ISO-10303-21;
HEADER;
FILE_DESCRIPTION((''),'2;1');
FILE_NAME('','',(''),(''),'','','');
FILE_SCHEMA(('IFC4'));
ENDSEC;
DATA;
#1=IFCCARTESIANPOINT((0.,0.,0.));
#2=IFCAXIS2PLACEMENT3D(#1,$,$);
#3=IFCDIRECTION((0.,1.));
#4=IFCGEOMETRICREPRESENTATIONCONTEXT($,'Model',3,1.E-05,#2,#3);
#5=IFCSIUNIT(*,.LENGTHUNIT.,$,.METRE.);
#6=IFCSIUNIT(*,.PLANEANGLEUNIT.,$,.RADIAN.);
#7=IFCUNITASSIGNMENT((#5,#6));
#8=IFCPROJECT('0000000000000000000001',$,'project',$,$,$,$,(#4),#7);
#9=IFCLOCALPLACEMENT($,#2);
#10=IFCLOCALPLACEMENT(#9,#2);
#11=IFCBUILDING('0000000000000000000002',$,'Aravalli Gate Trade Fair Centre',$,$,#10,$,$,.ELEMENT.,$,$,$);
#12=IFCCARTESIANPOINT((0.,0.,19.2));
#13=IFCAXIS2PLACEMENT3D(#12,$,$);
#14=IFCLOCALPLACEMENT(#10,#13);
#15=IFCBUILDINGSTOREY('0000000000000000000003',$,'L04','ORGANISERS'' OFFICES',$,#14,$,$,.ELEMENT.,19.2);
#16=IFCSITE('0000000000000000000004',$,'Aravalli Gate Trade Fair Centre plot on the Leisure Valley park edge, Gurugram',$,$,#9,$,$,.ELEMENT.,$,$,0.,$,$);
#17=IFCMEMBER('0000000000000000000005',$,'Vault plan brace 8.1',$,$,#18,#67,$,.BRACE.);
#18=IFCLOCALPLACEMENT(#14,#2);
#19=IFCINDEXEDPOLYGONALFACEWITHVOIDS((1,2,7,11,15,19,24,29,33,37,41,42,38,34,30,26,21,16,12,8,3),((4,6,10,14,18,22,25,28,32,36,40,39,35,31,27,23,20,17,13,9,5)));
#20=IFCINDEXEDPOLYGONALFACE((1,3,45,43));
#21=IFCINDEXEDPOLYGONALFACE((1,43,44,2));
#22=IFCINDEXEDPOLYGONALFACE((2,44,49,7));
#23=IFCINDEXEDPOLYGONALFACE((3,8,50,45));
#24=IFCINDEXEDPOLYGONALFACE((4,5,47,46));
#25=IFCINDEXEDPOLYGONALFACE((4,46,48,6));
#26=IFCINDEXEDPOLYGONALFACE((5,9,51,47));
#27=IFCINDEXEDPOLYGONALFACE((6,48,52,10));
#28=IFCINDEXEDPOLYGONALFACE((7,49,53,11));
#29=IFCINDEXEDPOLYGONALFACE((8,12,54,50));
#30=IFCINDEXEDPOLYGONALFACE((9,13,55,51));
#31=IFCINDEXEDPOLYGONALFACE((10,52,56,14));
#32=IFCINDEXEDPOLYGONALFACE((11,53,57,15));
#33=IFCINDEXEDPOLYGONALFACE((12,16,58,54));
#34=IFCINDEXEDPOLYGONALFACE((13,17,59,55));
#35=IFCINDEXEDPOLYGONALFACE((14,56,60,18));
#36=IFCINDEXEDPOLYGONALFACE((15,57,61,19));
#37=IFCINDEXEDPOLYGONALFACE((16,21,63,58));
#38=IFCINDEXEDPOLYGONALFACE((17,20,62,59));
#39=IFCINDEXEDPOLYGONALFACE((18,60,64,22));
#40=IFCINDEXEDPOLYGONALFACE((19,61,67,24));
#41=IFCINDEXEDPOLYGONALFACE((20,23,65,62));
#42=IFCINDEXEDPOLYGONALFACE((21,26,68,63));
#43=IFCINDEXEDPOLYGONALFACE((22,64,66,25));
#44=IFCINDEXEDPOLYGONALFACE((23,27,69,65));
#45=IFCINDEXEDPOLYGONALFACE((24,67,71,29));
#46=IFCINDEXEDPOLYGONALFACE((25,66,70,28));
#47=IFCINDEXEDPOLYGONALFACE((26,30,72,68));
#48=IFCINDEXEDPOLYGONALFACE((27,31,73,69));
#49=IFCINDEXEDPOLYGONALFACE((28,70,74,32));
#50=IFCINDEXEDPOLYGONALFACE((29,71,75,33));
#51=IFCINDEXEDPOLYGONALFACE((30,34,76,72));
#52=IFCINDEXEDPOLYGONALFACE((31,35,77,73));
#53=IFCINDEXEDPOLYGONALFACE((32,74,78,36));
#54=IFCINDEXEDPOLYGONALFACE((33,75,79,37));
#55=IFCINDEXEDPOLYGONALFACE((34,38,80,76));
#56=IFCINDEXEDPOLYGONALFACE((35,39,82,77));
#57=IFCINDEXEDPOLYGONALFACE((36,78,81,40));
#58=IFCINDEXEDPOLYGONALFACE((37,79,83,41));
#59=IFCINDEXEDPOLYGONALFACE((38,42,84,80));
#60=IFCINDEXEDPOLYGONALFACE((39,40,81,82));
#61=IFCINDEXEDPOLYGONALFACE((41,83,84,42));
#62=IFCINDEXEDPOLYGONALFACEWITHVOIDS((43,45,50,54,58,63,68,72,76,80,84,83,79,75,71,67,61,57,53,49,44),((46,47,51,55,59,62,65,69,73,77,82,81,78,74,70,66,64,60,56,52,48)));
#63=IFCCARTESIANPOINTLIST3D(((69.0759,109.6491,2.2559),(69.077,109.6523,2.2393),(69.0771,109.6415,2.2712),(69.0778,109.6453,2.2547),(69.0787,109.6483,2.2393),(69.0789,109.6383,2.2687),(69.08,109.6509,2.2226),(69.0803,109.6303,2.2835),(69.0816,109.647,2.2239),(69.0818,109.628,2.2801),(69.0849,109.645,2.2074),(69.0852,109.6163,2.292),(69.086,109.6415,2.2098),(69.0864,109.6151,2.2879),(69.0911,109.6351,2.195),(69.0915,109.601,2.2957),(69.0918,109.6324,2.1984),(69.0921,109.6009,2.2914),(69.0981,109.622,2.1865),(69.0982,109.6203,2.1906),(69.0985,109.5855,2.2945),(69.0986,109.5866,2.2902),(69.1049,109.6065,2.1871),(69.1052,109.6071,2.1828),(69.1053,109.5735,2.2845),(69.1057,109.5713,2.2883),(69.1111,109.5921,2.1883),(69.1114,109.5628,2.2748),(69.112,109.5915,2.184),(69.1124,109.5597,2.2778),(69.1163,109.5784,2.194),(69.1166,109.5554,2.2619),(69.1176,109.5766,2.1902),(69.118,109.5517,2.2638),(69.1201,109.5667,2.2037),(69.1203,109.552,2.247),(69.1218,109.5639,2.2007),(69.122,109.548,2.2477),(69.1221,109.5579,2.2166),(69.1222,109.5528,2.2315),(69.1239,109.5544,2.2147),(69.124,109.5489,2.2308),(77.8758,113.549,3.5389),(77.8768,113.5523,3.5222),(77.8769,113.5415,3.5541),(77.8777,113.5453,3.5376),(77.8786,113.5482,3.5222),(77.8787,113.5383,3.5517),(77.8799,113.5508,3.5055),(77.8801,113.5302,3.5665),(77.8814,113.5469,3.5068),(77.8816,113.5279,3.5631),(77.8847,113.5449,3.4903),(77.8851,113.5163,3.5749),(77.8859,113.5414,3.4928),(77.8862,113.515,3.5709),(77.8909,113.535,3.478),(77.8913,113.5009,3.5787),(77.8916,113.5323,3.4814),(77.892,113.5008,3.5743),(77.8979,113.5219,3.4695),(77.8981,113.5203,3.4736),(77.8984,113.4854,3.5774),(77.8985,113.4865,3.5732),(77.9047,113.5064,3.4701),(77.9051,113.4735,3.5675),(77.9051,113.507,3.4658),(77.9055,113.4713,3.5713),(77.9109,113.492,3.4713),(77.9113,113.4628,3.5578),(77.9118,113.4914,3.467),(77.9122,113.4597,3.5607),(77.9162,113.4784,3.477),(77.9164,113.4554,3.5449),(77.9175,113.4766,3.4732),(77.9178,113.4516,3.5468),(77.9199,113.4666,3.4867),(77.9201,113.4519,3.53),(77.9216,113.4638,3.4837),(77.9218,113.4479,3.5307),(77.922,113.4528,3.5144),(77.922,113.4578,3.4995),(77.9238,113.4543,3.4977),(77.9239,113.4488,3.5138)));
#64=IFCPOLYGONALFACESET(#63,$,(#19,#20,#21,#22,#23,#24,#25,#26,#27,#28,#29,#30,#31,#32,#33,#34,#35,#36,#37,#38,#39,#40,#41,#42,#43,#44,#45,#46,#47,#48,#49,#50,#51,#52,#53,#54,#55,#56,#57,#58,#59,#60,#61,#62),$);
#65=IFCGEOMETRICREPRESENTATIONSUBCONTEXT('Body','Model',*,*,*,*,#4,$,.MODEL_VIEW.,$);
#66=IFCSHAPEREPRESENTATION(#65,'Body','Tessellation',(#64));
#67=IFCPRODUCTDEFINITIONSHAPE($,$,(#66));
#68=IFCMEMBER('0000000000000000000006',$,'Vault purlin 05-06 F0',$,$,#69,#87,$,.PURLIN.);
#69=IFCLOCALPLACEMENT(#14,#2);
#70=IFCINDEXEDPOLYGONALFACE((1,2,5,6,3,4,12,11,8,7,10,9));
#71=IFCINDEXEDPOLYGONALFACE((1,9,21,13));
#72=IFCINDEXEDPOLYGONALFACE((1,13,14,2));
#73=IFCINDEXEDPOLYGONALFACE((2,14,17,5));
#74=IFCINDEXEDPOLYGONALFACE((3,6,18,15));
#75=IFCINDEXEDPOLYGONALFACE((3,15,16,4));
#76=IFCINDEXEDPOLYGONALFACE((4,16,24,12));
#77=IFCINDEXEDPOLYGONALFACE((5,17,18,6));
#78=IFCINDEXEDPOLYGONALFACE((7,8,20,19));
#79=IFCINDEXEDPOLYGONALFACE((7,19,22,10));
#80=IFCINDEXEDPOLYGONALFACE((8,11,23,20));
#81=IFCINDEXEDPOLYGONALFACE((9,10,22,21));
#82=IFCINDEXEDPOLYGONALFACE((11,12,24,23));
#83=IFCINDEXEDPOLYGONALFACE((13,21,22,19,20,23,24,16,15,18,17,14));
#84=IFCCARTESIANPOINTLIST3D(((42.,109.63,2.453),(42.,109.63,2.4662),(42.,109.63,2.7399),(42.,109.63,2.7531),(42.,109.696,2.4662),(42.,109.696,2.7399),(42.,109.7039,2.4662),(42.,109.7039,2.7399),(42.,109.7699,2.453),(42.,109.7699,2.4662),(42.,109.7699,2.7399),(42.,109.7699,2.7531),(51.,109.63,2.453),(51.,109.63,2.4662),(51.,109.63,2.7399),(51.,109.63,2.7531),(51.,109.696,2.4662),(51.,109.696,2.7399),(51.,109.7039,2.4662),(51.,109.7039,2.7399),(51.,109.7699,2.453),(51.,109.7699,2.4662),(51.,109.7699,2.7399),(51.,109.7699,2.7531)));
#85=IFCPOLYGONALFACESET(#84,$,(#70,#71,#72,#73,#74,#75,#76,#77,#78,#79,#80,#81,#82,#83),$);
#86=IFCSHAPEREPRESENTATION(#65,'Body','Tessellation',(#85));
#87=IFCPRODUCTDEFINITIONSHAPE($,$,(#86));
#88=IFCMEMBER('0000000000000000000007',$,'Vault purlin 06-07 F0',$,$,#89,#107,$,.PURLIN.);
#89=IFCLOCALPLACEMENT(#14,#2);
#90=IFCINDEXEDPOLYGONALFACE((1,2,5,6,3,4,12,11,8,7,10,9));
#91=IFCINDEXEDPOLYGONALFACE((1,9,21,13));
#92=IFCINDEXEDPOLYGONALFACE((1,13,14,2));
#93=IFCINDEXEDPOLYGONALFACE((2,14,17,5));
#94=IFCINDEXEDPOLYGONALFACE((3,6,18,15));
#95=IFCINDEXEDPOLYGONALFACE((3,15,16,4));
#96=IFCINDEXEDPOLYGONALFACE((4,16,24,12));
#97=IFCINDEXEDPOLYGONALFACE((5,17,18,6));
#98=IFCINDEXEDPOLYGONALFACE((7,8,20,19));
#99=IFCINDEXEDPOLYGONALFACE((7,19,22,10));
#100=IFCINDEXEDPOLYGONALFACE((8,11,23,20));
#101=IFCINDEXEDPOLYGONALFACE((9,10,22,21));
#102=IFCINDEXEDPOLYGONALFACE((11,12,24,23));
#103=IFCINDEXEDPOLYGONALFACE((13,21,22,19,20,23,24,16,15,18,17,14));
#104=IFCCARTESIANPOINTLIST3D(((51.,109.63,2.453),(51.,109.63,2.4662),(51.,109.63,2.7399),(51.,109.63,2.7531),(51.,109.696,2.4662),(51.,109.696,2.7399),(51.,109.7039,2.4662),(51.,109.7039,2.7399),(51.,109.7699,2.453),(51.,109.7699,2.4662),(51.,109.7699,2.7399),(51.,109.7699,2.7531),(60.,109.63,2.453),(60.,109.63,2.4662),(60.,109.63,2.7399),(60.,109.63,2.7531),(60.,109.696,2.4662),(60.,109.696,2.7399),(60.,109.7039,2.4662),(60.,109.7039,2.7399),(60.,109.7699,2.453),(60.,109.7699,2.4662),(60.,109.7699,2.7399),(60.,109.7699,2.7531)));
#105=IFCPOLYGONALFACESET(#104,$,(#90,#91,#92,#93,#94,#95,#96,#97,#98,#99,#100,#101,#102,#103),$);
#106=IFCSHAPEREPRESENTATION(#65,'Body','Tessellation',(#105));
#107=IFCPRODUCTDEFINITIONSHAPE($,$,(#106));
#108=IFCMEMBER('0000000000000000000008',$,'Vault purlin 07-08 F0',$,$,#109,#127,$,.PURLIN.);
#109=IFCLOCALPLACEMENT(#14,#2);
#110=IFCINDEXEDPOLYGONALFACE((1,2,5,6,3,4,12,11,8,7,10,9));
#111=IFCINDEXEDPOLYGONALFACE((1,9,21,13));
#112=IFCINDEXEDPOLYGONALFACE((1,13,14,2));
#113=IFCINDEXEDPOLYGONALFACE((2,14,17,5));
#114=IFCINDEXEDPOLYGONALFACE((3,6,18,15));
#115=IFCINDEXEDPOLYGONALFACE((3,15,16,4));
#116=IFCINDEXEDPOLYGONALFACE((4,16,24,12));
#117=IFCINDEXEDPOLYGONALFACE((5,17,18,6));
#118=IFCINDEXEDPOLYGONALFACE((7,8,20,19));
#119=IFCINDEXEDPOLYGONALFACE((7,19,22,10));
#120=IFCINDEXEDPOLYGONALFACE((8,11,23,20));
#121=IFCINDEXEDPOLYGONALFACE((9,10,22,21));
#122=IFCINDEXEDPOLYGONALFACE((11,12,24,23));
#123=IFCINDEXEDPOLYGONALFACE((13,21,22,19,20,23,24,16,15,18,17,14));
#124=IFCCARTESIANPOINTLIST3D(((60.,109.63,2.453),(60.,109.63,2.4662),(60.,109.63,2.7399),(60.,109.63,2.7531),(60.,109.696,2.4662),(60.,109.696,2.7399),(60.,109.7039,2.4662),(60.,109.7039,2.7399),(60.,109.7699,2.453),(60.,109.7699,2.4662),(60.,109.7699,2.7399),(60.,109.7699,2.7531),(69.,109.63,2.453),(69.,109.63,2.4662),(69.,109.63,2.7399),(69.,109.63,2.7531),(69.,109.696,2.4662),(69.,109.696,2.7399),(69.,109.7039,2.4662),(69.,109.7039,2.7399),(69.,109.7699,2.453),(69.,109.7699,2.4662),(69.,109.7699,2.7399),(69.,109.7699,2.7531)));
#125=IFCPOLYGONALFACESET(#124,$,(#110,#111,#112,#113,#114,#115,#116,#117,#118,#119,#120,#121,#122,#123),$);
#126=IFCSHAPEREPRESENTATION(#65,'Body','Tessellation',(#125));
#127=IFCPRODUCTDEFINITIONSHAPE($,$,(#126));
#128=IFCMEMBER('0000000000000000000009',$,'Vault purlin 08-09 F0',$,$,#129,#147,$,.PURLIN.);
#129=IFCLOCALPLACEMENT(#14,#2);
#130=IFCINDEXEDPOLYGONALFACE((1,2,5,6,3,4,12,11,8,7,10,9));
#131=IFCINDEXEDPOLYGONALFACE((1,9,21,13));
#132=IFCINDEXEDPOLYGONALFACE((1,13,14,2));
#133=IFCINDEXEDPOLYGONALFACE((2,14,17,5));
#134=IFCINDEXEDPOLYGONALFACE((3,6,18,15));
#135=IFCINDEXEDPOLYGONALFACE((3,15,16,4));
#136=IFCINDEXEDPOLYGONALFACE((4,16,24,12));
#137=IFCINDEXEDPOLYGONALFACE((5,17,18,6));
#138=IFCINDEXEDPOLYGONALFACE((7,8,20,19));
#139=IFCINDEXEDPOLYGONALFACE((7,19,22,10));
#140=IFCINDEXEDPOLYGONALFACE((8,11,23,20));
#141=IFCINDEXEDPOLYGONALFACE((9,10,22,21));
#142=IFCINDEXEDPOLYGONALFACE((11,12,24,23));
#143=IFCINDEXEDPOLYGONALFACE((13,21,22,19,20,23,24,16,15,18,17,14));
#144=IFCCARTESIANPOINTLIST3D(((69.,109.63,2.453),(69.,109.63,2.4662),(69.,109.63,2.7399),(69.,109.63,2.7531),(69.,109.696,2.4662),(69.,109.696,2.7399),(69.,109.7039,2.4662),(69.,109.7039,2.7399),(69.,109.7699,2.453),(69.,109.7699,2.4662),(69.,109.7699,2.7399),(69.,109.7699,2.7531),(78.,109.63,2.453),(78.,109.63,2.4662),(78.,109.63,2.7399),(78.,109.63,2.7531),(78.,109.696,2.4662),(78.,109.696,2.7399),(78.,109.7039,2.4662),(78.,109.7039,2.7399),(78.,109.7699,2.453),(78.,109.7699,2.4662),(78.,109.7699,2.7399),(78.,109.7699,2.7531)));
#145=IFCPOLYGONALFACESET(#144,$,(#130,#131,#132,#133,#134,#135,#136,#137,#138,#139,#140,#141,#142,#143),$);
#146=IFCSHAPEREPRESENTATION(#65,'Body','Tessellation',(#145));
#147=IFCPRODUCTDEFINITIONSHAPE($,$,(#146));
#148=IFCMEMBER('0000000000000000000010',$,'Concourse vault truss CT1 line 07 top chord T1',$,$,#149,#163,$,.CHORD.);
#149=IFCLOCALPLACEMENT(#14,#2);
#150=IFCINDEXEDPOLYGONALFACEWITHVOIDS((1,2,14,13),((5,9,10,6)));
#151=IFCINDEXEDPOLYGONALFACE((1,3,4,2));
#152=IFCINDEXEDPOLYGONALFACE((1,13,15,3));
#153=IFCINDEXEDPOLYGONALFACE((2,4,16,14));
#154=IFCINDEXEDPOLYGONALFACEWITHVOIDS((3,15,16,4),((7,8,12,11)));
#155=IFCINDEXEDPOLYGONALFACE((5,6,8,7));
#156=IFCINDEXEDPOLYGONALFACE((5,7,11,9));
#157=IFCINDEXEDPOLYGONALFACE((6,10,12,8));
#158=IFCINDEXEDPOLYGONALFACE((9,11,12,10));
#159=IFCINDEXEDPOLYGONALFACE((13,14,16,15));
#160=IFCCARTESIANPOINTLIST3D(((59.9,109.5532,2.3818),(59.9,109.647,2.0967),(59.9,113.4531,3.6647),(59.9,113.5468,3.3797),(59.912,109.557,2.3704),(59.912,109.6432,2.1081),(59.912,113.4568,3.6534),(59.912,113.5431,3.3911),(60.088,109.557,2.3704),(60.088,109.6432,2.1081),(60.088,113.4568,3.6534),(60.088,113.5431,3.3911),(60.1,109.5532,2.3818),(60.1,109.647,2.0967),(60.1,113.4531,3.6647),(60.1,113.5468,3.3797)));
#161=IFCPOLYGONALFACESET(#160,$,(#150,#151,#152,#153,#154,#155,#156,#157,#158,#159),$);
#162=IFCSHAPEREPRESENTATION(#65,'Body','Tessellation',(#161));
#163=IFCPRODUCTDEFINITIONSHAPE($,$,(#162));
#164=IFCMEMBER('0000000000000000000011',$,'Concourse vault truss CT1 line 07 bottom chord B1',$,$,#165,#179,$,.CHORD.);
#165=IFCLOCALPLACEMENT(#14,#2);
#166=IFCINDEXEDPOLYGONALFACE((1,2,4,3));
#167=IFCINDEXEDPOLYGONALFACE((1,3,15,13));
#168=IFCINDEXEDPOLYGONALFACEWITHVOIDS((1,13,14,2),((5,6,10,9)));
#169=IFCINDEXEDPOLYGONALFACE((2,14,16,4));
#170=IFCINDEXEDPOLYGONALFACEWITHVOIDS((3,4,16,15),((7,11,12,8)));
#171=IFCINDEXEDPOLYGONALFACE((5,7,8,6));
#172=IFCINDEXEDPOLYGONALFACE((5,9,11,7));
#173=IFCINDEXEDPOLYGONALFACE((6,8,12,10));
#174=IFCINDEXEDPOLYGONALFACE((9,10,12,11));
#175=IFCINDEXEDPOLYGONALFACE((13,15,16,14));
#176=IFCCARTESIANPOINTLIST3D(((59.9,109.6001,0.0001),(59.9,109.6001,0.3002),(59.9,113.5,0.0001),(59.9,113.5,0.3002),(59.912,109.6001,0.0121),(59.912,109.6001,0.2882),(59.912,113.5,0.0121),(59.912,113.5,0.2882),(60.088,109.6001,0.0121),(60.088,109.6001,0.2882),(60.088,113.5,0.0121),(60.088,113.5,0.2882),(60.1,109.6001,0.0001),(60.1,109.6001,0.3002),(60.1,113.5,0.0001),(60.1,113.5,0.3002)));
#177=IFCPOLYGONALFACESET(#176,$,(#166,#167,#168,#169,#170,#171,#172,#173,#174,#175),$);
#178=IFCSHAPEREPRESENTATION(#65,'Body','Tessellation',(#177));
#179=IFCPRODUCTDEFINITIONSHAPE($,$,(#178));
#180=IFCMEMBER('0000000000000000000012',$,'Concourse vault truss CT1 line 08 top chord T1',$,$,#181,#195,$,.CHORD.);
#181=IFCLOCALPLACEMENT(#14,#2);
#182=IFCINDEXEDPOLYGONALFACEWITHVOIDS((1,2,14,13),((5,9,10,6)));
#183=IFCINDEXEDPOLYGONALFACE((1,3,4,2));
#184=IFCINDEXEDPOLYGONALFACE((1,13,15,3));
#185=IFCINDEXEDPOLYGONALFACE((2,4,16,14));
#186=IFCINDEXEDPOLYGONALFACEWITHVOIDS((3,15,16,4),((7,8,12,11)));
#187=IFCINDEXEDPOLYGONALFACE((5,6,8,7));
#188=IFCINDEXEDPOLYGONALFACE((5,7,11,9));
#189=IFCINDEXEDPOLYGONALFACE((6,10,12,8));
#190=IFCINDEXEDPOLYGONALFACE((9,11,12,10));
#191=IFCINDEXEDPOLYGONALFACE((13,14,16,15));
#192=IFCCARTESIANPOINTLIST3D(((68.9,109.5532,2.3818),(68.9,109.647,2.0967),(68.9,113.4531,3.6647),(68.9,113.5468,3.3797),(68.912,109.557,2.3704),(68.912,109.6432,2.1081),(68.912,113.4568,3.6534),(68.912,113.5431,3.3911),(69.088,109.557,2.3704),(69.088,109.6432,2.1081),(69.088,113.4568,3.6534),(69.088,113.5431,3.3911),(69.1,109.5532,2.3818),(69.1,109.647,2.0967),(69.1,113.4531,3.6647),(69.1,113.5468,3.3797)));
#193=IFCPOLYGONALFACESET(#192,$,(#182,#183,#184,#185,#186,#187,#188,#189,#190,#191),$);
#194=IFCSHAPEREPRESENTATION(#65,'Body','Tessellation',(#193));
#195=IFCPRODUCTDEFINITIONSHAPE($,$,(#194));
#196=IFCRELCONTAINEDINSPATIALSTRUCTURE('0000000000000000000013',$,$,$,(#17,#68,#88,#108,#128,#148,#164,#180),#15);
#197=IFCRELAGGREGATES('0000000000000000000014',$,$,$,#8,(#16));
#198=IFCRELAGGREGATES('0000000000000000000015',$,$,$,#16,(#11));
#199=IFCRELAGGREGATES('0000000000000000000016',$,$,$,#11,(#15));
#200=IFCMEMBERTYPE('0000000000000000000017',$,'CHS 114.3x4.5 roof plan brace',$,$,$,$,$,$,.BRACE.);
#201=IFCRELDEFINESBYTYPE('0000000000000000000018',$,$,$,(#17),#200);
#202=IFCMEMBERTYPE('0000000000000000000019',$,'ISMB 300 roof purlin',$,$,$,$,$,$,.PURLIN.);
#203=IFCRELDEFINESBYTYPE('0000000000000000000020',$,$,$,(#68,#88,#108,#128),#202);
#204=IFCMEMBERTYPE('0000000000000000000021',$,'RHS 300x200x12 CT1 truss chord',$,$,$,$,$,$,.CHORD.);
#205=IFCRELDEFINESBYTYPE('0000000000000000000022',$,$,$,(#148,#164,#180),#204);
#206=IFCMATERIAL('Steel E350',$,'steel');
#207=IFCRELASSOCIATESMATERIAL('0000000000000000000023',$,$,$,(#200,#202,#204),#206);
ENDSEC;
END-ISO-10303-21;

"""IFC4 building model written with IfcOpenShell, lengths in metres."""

from ifc_helpers import new_model, si_unit, direction, frame, origin, origin_2d, place, context, subcontext, project, spatial, hollow_rectangle, hollow_circle, i_section, extrude, material, material_profile, profile_set, type_object, element, save


model = new_model("IFC4")

# Units and contexts
model_context = context("Model", 3, precision=1e-05, world=origin(), true_north=direction((0.0, 1.0)))
body_context = subcontext(model_context, "Body", "Model", "MODEL_VIEW")
ifc_project = project(units=[si_unit("LENGTHUNIT", "METRE"), si_unit("PLANEANGLEUNIT", "RADIAN")], contexts=[model_context])

# Site, building, storey
site_placement = place(None, origin())
site = spatial("IfcSite", under=ifc_project, at=site_placement, Name="Aravalli Gate Trade Fair Centre plot on the Leisure Valley park edge, Gurugram", CompositionType="ELEMENT", RefElevation=0.0)
building_placement = place(site_placement, origin())
building = spatial("IfcBuilding", under=site, at=building_placement, Name="Aravalli Gate Trade Fair Centre", CompositionType="ELEMENT")
storey_placement = place(building_placement, frame((0.0, 0.0, 19.2)))
storey = spatial("IfcBuildingStorey", under=building, at=storey_placement, Name="L04", Description="ORGANISERS' OFFICES", CompositionType="ELEMENT", Elevation=19.2)

# Members
ifc_material_1 = material(Name="Steel E350", Category="steel")
ifc_material_profile_1 = material_profile(ifc_material_1, hollow_circle(Radius=0.0571, WallThickness=0.0044, at=origin_2d()), Name="CHS 114.3x4.5")
ifc_profile_set_1 = profile_set([ifc_material_profile_1], Name="Steel E350")
member_type_1 = type_object("IfcMemberType", Name="CHS 114.3x4.5 roof plan brace", PredefinedType="BRACE", material=ifc_profile_set_1)
member_1_placement = place(storey_placement, frame((69.1001, 109.6001, 2.2393), z_axis=(0.906225, 0.401621, 0.132122), x_axis=(-0.405173, 0.91424, 0.0)))
element("IfcMember", 1, at=member_1_placement, inside=storey, type_object=member_type_1, Name="Vault plan brace 8.1", PredefinedType="BRACE", context=body_context, shape_type="SweptSolid", body=[
    extrude(hollow_circle(Radius=0.0571, WallThickness=0.0044, at=origin_2d()), origin(), (0.0, 0.0, 1.0), 9.7104),
])
ifc_material_profile_2 = material_profile(ifc_material_1, i_section(OverallWidth=0.1399, OverallDepth=0.3, WebThickness=0.0078, FlangeThickness=0.0132, at=origin_2d()), Name="ISMB 300")
ifc_profile_set_2 = profile_set([ifc_material_profile_2], Name="Steel E350")
member_type_2 = type_object("IfcMemberType", Name="ISMB 300 roof purlin", PredefinedType="PURLIN", material=ifc_profile_set_2)
for number, where, z_axis, x_axis, name in (
    (2, (42.0, 109.7, 2.603), (1.0, 0.0, 0.0), (0.0, 1.0, 0.0), "Vault purlin 05-06 F0"),
    (3, (51.0, 109.7, 2.603), (1.0, 0.0, 0.0), (0.0, 1.0, 0.0), "Vault purlin 06-07 F0"),
    (4, (60.0, 109.7, 2.603), (1.0, 0.0, 0.0), (0.0, 1.0, 0.0), "Vault purlin 07-08 F0"),
    (5, (69.0, 109.7, 2.603), (1.0, 0.0, 0.0), (0.0, 1.0, 0.0), "Vault purlin 08-09 F0"),
):
    element("IfcMember", number, at=place(storey_placement, frame(where, z_axis=z_axis, x_axis=x_axis)), inside=storey, type_object=member_type_2, Name=name, PredefinedType="PURLIN", context=body_context, shape_type="SweptSolid", body=[
        extrude(i_section(OverallWidth=0.1399, OverallDepth=0.3, WebThickness=0.0078, FlangeThickness=0.0132, at=origin_2d()), origin(), (0.0, 0.0, 1.0), 9.0),
    ])
ifc_material_profile_3 = material_profile(ifc_material_1, hollow_rectangle(XDim=0.2, YDim=0.3, WallThickness=0.012, at=origin_2d()), Name="RHS 300x200x12")
ifc_profile_set_3 = profile_set([ifc_material_profile_3], Name="Steel E350")
member_type_3 = type_object("IfcMemberType", Name="RHS 300x200x12 CT1 truss chord", PredefinedType="CHORD", material=ifc_profile_set_3)
member_2_placement = place(storey_placement, frame((60.0, 109.6001, 2.2393), z_axis=(0.0, 0.949919, 0.312497), x_axis=(-1.0, 0.0, 0.0)))
element("IfcMember", 6, at=member_2_placement, inside=storey, type_object=member_type_3, Name="Concourse vault truss CT1 line 07 top chord T1", PredefinedType="CHORD", context=body_context, shape_type="SweptSolid", body=[
    extrude(hollow_rectangle(XDim=0.2, YDim=0.3, WallThickness=0.012, at=origin_2d()), origin(), (0.0, 0.0, 1.0), 4.1055),
])
member_3_placement = place(storey_placement, frame((60.0, 109.6001, 0.1501), z_axis=(0.0, 1.0, 0.0), x_axis=(-1.0, 0.0, 0.0)))
element("IfcMember", 7, at=member_3_placement, inside=storey, type_object=member_type_3, Name="Concourse vault truss CT1 line 07 bottom chord B1", PredefinedType="CHORD", context=body_context, shape_type="SweptSolid", body=[
    extrude(hollow_rectangle(XDim=0.2, YDim=0.3, WallThickness=0.012, at=origin_2d()), origin(), (0.0, 0.0, 1.0), 3.8999),
])
member_4_placement = place(storey_placement, frame((69.0, 109.6001, 2.2393), z_axis=(0.0, 0.949919, 0.312497), x_axis=(-1.0, 0.0, 0.0)))
element("IfcMember", 8, at=member_4_placement, inside=storey, type_object=member_type_3, Name="Concourse vault truss CT1 line 08 top chord T1", PredefinedType="CHORD", context=body_context, shape_type="SweptSolid", body=[
    extrude(hollow_rectangle(XDim=0.2, YDim=0.3, WallThickness=0.012, at=origin_2d()), origin(), (0.0, 0.0, 1.0), 4.1055),
])

save(model, "model.ifc")
